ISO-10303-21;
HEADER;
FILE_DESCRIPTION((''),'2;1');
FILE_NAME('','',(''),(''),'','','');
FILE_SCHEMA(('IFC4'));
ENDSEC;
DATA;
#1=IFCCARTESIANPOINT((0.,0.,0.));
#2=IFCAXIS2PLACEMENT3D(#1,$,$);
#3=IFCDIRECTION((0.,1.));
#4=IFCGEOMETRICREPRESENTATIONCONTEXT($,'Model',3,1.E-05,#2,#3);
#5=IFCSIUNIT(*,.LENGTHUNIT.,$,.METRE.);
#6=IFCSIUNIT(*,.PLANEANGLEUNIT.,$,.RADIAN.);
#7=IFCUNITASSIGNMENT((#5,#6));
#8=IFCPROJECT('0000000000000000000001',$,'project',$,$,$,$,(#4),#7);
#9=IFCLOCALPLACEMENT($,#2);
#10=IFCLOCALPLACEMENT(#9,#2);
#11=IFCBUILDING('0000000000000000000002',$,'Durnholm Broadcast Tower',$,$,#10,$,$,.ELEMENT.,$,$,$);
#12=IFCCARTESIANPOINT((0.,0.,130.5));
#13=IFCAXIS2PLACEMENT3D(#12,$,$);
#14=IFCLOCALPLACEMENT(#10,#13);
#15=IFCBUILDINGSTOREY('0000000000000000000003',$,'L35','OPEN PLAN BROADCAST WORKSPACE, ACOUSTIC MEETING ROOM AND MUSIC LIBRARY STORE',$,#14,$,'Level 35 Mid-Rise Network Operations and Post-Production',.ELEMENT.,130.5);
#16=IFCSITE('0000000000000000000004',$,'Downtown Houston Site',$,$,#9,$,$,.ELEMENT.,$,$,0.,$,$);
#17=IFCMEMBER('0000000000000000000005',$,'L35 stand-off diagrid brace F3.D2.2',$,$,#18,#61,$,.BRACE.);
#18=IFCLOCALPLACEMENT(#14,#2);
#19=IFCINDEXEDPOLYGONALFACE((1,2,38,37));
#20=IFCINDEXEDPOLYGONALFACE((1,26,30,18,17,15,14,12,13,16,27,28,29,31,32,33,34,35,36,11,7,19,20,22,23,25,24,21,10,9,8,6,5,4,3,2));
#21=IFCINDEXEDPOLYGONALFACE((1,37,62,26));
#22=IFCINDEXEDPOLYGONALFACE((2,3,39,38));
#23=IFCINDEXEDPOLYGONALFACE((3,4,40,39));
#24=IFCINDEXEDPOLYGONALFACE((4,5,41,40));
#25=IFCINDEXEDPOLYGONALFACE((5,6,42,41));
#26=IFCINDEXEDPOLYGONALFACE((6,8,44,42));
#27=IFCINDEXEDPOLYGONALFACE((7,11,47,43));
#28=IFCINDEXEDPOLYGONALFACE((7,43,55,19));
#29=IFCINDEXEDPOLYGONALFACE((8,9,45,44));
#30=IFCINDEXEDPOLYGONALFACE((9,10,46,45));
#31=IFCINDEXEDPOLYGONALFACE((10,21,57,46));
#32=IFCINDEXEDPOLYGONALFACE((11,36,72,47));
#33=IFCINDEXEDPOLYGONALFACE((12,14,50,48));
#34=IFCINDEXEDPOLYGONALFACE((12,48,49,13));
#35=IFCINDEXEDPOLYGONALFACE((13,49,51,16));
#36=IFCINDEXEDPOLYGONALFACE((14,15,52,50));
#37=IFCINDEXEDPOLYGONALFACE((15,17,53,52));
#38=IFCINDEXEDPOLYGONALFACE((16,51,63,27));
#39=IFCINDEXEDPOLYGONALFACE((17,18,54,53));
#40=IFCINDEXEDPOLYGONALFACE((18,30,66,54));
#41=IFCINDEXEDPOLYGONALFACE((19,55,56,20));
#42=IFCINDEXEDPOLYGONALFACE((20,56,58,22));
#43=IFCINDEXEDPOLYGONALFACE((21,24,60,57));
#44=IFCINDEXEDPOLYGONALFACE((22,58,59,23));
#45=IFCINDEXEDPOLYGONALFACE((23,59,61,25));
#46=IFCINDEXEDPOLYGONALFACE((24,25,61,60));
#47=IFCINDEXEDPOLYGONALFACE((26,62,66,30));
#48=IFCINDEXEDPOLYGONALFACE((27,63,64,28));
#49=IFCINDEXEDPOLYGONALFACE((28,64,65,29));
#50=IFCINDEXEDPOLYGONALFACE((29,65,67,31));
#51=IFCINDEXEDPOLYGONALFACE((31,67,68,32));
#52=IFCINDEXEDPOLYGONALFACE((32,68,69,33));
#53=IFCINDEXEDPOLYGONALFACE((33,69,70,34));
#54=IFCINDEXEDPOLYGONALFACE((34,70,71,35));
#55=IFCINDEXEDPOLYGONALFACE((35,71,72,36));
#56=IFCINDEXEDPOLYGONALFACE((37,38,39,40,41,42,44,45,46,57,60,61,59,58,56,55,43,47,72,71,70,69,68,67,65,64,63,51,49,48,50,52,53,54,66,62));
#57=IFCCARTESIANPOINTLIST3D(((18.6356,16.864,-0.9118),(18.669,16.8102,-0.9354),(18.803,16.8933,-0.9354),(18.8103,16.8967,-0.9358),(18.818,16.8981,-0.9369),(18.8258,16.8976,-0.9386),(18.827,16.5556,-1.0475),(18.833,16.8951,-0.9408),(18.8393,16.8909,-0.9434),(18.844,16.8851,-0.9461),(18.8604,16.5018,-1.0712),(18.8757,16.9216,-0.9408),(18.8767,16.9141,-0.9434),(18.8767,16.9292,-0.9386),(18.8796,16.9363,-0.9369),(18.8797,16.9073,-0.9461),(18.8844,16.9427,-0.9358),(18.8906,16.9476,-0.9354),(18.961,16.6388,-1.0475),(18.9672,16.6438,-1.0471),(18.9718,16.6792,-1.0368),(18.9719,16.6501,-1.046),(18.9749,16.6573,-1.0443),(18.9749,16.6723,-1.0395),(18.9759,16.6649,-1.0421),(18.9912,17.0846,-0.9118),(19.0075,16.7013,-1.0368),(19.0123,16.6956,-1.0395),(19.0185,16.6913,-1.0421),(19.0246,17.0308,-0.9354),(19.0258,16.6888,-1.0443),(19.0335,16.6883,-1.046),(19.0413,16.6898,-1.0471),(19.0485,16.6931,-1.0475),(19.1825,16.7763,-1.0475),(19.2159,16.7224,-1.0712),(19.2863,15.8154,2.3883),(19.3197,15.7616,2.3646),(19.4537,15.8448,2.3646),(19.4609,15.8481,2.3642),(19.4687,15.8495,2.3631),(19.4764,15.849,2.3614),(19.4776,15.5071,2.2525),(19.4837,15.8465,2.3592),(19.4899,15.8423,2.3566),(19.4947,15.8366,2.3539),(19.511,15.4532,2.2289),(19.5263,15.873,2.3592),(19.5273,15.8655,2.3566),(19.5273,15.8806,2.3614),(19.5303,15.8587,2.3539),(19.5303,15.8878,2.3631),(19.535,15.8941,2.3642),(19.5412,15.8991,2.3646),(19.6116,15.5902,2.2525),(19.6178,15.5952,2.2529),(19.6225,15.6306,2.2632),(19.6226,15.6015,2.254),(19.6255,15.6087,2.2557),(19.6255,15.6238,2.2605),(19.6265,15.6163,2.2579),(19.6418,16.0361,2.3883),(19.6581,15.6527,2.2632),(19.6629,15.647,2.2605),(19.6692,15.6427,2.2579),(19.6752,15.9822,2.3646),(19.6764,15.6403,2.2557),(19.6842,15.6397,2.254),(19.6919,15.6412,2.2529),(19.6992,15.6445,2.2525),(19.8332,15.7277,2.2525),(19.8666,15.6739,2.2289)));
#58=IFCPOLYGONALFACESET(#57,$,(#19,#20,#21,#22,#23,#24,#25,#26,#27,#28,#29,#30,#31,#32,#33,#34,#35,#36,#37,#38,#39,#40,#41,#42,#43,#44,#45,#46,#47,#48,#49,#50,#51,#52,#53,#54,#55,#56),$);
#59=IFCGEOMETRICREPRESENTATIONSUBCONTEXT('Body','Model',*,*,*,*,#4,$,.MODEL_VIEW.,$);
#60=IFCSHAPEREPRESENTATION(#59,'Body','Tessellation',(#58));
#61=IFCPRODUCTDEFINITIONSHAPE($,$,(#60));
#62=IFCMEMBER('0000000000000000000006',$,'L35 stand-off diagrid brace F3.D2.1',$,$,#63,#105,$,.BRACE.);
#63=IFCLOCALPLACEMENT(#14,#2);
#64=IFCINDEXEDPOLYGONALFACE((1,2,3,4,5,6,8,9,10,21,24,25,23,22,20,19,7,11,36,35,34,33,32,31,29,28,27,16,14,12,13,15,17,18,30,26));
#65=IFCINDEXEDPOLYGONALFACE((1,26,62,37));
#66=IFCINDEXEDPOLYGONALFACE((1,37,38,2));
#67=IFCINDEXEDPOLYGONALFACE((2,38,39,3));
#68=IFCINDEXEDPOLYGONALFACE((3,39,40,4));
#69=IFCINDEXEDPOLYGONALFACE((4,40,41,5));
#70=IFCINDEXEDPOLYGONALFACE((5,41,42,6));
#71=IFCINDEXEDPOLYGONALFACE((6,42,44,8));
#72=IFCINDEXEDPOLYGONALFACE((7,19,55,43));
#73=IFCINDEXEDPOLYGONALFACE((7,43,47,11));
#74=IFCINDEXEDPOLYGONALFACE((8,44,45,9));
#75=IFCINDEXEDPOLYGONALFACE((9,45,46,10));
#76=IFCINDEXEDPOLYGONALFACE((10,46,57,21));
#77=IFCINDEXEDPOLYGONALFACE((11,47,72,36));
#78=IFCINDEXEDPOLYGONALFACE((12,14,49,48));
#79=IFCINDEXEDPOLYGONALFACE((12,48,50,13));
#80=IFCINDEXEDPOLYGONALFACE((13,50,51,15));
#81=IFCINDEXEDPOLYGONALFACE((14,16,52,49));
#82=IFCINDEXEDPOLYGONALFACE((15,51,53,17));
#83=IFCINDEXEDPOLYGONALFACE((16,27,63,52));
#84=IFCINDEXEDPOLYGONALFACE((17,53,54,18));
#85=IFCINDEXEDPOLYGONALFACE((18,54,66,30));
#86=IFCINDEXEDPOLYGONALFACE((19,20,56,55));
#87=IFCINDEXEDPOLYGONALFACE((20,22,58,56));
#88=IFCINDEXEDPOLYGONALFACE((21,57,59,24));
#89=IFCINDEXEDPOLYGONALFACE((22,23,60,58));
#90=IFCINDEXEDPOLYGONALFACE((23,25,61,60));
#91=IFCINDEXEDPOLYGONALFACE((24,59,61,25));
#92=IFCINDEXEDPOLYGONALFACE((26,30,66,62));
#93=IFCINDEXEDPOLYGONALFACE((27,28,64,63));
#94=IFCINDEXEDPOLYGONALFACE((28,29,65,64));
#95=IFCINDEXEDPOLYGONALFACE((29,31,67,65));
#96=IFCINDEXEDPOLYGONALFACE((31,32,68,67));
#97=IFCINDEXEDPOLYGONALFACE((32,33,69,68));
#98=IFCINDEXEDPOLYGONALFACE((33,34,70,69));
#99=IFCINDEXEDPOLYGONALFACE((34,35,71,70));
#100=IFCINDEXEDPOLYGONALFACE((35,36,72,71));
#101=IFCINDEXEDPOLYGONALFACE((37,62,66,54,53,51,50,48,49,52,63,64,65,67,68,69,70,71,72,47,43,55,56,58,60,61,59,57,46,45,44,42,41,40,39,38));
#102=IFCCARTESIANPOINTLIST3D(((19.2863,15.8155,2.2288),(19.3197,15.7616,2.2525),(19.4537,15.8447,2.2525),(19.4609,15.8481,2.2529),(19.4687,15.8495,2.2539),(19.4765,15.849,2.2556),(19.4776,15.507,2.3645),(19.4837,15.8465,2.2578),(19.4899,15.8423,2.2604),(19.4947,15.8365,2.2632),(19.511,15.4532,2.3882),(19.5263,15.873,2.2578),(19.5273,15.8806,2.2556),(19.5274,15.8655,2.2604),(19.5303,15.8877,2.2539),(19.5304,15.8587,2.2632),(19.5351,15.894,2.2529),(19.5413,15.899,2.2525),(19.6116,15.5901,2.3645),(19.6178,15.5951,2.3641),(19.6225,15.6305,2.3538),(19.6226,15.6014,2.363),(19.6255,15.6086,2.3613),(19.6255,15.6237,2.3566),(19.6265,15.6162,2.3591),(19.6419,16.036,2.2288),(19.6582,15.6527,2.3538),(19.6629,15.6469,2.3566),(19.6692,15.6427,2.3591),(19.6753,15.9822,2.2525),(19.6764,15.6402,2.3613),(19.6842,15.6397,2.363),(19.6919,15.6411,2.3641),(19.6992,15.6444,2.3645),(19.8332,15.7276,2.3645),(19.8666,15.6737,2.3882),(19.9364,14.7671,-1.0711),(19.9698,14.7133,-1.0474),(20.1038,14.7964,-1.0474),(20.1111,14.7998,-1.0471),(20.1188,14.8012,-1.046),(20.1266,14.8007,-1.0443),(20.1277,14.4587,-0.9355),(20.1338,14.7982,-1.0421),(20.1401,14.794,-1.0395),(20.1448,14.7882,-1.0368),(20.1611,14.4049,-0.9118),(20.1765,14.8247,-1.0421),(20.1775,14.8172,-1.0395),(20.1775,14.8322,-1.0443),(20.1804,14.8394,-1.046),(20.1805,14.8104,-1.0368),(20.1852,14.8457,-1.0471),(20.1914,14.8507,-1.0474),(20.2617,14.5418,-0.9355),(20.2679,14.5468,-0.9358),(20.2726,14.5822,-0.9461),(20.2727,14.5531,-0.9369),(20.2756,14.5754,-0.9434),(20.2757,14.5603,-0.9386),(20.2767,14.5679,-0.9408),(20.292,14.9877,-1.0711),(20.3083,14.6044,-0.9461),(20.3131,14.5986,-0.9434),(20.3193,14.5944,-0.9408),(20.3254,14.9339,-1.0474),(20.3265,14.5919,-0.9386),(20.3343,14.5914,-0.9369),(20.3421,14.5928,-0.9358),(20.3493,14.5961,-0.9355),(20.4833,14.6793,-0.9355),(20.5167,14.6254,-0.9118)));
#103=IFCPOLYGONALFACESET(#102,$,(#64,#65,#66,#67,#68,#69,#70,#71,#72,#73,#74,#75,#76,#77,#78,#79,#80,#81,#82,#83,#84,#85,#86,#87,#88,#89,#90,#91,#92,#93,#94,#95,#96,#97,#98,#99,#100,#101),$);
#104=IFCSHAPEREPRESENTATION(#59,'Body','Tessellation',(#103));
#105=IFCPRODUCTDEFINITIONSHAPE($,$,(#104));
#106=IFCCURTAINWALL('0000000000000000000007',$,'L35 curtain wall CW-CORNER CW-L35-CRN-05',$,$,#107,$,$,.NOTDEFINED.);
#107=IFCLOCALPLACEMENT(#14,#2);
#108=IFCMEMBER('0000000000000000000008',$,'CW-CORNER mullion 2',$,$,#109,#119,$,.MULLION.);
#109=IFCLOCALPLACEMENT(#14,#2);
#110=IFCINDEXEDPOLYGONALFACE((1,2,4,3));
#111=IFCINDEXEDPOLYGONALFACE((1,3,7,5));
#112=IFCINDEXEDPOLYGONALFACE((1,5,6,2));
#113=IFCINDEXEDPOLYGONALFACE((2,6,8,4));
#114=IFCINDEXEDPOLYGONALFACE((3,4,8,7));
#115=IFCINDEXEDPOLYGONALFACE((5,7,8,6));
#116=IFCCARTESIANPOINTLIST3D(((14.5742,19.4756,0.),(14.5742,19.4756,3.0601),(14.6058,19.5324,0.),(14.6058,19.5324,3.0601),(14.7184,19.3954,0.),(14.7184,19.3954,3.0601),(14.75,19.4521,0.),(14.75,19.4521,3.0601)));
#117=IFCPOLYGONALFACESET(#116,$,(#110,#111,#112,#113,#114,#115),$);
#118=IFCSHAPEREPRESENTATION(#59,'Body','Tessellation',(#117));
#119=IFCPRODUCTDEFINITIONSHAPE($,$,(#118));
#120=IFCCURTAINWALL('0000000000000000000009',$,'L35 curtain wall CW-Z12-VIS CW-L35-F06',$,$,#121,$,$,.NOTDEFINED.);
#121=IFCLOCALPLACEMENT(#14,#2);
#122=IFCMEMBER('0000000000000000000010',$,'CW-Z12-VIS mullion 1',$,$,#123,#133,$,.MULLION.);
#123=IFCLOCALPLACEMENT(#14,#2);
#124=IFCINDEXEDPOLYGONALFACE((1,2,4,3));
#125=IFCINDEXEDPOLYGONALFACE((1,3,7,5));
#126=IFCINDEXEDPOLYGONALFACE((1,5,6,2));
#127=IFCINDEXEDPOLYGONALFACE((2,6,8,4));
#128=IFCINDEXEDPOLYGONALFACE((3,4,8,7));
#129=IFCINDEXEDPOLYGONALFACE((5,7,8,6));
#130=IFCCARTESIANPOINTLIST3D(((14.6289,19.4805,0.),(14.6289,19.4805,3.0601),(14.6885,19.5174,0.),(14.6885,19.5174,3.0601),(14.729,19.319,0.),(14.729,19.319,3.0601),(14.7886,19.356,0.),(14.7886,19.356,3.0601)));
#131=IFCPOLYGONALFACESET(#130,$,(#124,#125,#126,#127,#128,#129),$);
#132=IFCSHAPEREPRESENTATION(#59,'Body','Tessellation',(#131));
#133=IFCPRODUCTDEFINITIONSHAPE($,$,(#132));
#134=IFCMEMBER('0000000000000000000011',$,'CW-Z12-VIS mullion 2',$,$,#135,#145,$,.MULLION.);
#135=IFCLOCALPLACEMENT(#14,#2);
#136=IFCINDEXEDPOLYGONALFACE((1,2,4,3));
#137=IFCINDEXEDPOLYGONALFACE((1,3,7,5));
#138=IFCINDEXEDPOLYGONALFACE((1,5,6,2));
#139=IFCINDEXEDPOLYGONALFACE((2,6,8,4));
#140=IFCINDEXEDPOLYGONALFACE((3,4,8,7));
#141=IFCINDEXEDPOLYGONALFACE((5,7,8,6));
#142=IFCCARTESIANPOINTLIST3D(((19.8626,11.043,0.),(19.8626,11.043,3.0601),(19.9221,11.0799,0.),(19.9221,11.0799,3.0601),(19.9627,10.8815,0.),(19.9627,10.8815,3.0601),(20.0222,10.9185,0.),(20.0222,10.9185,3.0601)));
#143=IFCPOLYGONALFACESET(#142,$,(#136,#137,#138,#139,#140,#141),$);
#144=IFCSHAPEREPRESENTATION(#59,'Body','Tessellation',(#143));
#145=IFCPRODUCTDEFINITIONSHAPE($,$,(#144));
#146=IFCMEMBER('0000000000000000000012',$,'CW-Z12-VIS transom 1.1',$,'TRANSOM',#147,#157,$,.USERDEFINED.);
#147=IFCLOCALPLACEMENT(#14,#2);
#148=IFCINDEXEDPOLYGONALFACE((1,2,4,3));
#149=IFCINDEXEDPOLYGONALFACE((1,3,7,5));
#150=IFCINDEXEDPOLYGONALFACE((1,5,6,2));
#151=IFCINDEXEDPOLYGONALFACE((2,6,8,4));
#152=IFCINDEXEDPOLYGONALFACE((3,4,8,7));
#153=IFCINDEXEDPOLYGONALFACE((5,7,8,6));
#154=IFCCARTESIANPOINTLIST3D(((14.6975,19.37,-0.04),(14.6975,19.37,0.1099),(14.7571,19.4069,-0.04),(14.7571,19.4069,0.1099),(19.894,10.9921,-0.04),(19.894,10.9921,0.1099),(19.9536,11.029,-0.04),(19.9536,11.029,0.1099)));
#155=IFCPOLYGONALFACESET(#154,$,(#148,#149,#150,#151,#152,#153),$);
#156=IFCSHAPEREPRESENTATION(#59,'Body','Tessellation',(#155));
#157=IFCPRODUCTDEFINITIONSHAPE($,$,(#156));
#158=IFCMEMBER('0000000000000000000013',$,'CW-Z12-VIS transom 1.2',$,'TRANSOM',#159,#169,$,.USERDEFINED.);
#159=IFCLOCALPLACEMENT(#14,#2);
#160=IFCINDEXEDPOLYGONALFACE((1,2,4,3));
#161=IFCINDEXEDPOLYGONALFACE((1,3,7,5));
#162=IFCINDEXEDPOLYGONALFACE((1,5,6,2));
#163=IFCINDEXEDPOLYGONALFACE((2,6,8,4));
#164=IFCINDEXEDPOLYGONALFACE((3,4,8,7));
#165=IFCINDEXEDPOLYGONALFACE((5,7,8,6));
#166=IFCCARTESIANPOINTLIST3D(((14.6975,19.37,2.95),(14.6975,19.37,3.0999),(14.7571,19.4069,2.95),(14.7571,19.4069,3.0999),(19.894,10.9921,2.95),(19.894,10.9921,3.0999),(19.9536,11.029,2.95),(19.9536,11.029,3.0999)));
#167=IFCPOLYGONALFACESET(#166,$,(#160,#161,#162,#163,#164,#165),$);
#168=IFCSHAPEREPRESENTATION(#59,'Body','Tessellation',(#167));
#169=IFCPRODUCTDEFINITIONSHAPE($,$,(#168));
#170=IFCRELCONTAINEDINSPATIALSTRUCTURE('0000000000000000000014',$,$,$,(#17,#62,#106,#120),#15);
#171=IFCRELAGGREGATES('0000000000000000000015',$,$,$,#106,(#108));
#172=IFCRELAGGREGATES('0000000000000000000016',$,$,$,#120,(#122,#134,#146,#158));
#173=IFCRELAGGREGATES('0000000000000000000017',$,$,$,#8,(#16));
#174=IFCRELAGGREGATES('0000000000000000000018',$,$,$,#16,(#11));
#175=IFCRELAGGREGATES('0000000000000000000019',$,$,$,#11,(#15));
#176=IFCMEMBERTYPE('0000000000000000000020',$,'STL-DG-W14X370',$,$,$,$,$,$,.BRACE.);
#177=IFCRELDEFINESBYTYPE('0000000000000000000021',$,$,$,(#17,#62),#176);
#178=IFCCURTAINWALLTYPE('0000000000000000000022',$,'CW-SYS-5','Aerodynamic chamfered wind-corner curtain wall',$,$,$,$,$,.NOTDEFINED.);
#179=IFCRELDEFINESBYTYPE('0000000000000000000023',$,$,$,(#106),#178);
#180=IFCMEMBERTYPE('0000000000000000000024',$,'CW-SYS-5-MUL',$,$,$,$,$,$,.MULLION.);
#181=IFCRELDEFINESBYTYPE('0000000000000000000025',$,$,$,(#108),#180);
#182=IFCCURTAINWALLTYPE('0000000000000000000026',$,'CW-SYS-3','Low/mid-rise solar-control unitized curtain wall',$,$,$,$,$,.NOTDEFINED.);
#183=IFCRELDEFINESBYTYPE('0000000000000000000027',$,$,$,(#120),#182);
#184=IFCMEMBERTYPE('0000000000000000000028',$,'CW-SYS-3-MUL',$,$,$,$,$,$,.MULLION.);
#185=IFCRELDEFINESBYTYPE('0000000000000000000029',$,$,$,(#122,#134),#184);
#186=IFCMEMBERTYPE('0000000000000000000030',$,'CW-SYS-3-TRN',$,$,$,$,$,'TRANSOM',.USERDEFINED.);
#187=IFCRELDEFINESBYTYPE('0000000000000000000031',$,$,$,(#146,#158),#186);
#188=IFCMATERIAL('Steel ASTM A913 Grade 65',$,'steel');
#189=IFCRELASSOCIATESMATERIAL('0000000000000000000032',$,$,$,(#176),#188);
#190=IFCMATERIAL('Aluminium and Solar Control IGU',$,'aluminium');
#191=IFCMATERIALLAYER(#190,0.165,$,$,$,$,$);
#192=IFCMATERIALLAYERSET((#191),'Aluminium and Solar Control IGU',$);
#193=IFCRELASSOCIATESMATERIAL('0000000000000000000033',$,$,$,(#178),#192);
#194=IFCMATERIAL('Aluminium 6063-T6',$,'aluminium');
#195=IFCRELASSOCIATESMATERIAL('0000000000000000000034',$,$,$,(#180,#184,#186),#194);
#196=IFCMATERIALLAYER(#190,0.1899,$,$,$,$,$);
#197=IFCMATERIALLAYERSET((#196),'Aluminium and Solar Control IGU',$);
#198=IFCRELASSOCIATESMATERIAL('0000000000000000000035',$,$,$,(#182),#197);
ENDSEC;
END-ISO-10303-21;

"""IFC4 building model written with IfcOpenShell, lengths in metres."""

from ifc_helpers import new_model, si_unit, direction, frame, origin, origin_2d, place, context, subcontext, project, spatial, rectangle, i_section, extrude, source, transform, mapped, material, layer, layer_set, material_profile, profile_set, type_object, type_shapes, element, aggregate, save


model = new_model("IFC4")

# Units and contexts
model_context = context("Model", 3, precision=1e-05, world=origin(), true_north=direction((0.0, 1.0)))
body_context = subcontext(model_context, "Body", "Model", "MODEL_VIEW")
ifc_project = project(units=[si_unit("LENGTHUNIT", "METRE"), si_unit("PLANEANGLEUNIT", "RADIAN")], contexts=[model_context])

# Site, building, storey
site_placement = place(None, origin())
site = spatial("IfcSite", under=ifc_project, at=site_placement, Name="Downtown Houston Site", CompositionType="ELEMENT", RefElevation=0.0)
building_placement = place(site_placement, origin())
building = spatial("IfcBuilding", under=site, at=building_placement, Name="Durnholm Broadcast Tower", CompositionType="ELEMENT")
storey_placement = place(building_placement, frame((0.0, 0.0, 130.5)))
storey = spatial("IfcBuildingStorey", under=building, at=storey_placement, Name="L35", Description="OPEN PLAN BROADCAST WORKSPACE, ACOUSTIC MEETING ROOM AND MUSIC LIBRARY STORE", LongName="Level 35 Mid-Rise Network Operations and Post-Production", CompositionType="ELEMENT", Elevation=130.5)

# Members
ifc_material_1 = material(Name="Steel ASTM A913 Grade 65", Category="steel")
ifc_material_profile_1 = material_profile(ifc_material_1, i_section(OverallWidth=0.4185, OverallDepth=0.4551, WebThickness=0.042, FlangeThickness=0.0676, FilletRadius=0.0305, at=origin_2d()), Name="W14X370")
ifc_profile_set_1 = profile_set([ifc_material_profile_1], Name="Steel ASTM A913 Grade 65")
member_type_1 = type_object("IfcMemberType", Name="STL-DG-W14X370", PredefinedType="BRACE", material=ifc_profile_set_1)
shared_shape_1 = source(origin(), body_context, "Body", "SweptSolid", [
    extrude(i_section(OverallWidth=0.4185, OverallDepth=0.4551, WebThickness=0.042, FlangeThickness=0.0676, FilletRadius=0.0305, at=origin_2d()), origin(), (0.0, 0.0, 1.0), 3.5232),
])
for number, where, z_axis, x_axis, name in (
    (1, (18.9258, 16.7932, -0.9915), (0.18467, -0.29762, 0.936653), (0.849717, 0.52724, 0.0), "L35 stand-off diagrid brace F3.D2.2"),
):
    element("IfcMember", number, at=place(storey_placement, frame(where, z_axis=z_axis, x_axis=x_axis)), inside=storey, type_object=member_type_1, Name=name, PredefinedType="BRACE", context=body_context, shape_type="MappedRepresentation", body=[
        mapped(shared_shape_1, transform((0.0, 0.0, 0.0), x_axis=(1.0, 0.0, 0.0), y_axis=(0.0, 1.0, 0.0), z_axis=(0.0, 0.0, 1.0), scale=1.0)),
    ])
shared_shape_2 = source(origin(), body_context, "Body", "SweptSolid", [
    extrude(i_section(OverallWidth=0.4185, OverallDepth=0.4551, WebThickness=0.042, FlangeThickness=0.0676, FilletRadius=0.0305, at=origin_2d()), origin(), (0.0, 0.0, 1.0), 3.5229),
])
type_shapes(member_type_1, [shared_shape_1, shared_shape_2])
member_1_placement = place(storey_placement, frame((20.2266, 14.6963, -0.9915), z_axis=(-0.18454, 0.297564, 0.936697), x_axis=(-0.849839, -0.527043, 0.0)))
element("IfcMember", 2, at=member_1_placement, inside=storey, type_object=member_type_1, Name="L35 stand-off diagrid brace F3.D2.1", PredefinedType="BRACE", context=body_context, shape_type="MappedRepresentation", body=[
    mapped(shared_shape_2, transform((0.0, 0.0, 0.0), x_axis=(1.0, 0.0, 0.0), y_axis=(0.0, 1.0, 0.0), z_axis=(0.0, 0.0, 1.0), scale=1.0)),
])

# Curtain wall, member
ifc_material_2 = material(Name="Aluminium and Solar Control IGU", Category="aluminium")
ifc_layer_1 = layer(ifc_material_2, 0.165)
ifc_layer_set_1 = layer_set([ifc_layer_1], Name="Aluminium and Solar Control IGU")
curtain_wall_type_1 = type_object("IfcCurtainWallType", Name="CW-SYS-5", Description="Aerodynamic chamfered wind-corner curtain wall", PredefinedType="NOTDEFINED", material=ifc_layer_set_1)
curtain_wall_1_placement = place(storey_placement, origin())
curtain_wall_1 = element("IfcCurtainWall", 3, at=curtain_wall_1_placement, inside=storey, type_object=curtain_wall_type_1, Name="L35 curtain wall CW-CORNER CW-L35-CRN-05", PredefinedType="NOTDEFINED")
ifc_material_3 = material(Name="Aluminium 6063-T6", Category="aluminium")
ifc_material_profile_2 = material_profile(ifc_material_3, rectangle(XDim=0.0649, YDim=0.165, at=origin_2d()), Name="CWM65X165")
ifc_profile_set_2 = profile_set([ifc_material_profile_2], Name="Aluminium 6063-T6")
member_type_2 = type_object("IfcMemberType", Name="CW-SYS-5-MUL", PredefinedType="MULLION", material=ifc_profile_set_2)
shared_shape_3 = source(origin(), body_context, "Body", "SweptSolid", [
    extrude(rectangle(XDim=0.0649, YDim=0.165, at=origin_2d()), origin(), (0.0, 0.0, 1.0), 3.0601),
])
type_shapes(member_type_2, [shared_shape_3])
member_2_placement = place(storey_placement, frame((14.6621, 19.4639, 0.0), z_axis=(0.0, 0.0, 1.0), x_axis=(0.486244, 0.873823, 0.0)))
member_2 = element("IfcMember", 4, at=member_2_placement, type_object=member_type_2, Name="CW-CORNER mullion 2", PredefinedType="MULLION", context=body_context, shape_type="MappedRepresentation", body=[
    mapped(shared_shape_3, transform((0.0, 0.0, 0.0), x_axis=(1.0, 0.0, 0.0), y_axis=(0.0, 1.0, 0.0), z_axis=(0.0, 0.0, 1.0), scale=1.0)),
])

# Curtain wall, members
ifc_layer_2 = layer(ifc_material_2, 0.1899)
ifc_layer_set_2 = layer_set([ifc_layer_2], Name="Aluminium and Solar Control IGU")
curtain_wall_type_2 = type_object("IfcCurtainWallType", Name="CW-SYS-3", Description="Low/mid-rise solar-control unitized curtain wall", PredefinedType="NOTDEFINED", material=ifc_layer_set_2)
curtain_wall_2_placement = place(storey_placement, origin())
curtain_wall_2 = element("IfcCurtainWall", 5, at=curtain_wall_2_placement, inside=storey, type_object=curtain_wall_type_2, Name="L35 curtain wall CW-Z12-VIS CW-L35-F06", PredefinedType="NOTDEFINED")
ifc_material_profile_3 = material_profile(ifc_material_3, rectangle(XDim=0.0701, YDim=0.1899, at=origin_2d()), Name="CWM70X190")
ifc_profile_set_3 = profile_set([ifc_material_profile_3], Name="Aluminium 6063-T6")
member_type_3 = type_object("IfcMemberType", Name="CW-SYS-3-MUL", PredefinedType="MULLION", material=ifc_profile_set_3)
shared_shape_4 = source(origin(), body_context, "Body", "SweptSolid", [
    extrude(rectangle(XDim=0.0701, YDim=0.1899, at=origin_2d()), origin(), (0.0, 0.0, 1.0), 3.0601),
])
type_shapes(member_type_3, [shared_shape_4])
member_3_placement = place(storey_placement, frame((14.7087, 19.4182, 0.0), z_axis=(0.0, 0.0, 1.0), x_axis=(0.8498, 0.527105, 0.0)))
member_3 = element("IfcMember", 6, at=member_3_placement, type_object=member_type_3, Name="CW-Z12-VIS mullion 1", PredefinedType="MULLION", context=body_context, shape_type="MappedRepresentation", body=[
    mapped(shared_shape_4, transform((0.0, 0.0, 0.0), x_axis=(1.0, 0.0, 0.0), y_axis=(0.0, 1.0, 0.0), z_axis=(0.0, 0.0, 1.0), scale=1.0)),
])
member_4_placement = place(storey_placement, frame((19.9424, 10.9807, 0.0), z_axis=(0.0, 0.0, 1.0), x_axis=(0.8498, 0.527105, 0.0)))
member_4 = element("IfcMember", 7, at=member_4_placement, type_object=member_type_3, Name="CW-Z12-VIS mullion 2", PredefinedType="MULLION", context=body_context, shape_type="MappedRepresentation", body=[
    mapped(shared_shape_4, transform((0.0, 0.0, 0.0), x_axis=(1.0, 0.0, 0.0), y_axis=(0.0, 1.0, 0.0), z_axis=(0.0, 0.0, 1.0), scale=1.0)),
])
ifc_material_profile_4 = material_profile(ifc_material_3, rectangle(XDim=0.0701, YDim=0.1499, at=origin_2d()), Name="CWT70X150")
ifc_profile_set_4 = profile_set([ifc_material_profile_4], Name="Aluminium 6063-T6")
member_type_4 = type_object("IfcMemberType", Name="CW-SYS-3-TRN", ElementType="TRANSOM", PredefinedType="USERDEFINED", material=ifc_profile_set_4)
shared_shape_5 = source(origin(), body_context, "Body", "SweptSolid", [
    extrude(rectangle(XDim=0.0701, YDim=0.1499, at=origin_2d()), origin(), (0.0, 0.0, 1.0), 9.8586),
])
member_5_placement = place(storey_placement, frame((14.7273, 19.3884, 0.0349), z_axis=(0.527102, -0.849802, 0.0), x_axis=(0.849802, 0.527102, 0.0)))
member_5 = element("IfcMember", 8, at=member_5_placement, type_object=member_type_4, Name="CW-Z12-VIS transom 1.1", ObjectType="TRANSOM", PredefinedType="USERDEFINED", context=body_context, shape_type="MappedRepresentation", body=[
    mapped(shared_shape_5, transform((0.0, 0.0, 0.0), x_axis=(1.0, 0.0, 0.0), y_axis=(0.0, 1.0, 0.0), z_axis=(0.0, 0.0, 1.0), scale=1.0)),
])
member_6_placement = place(storey_placement, frame((14.7273, 19.3884, 3.0249), z_axis=(0.527102, -0.849802, 0.0), x_axis=(0.849802, 0.527102, 0.0)))
member_6 = element("IfcMember", 9, at=member_6_placement, type_object=member_type_4, Name="CW-Z12-VIS transom 1.2", ObjectType="TRANSOM", PredefinedType="USERDEFINED", context=body_context, shape_type="MappedRepresentation", body=[
    mapped(shared_shape_5, transform((0.0, 0.0, 0.0), x_axis=(1.0, 0.0, 0.0), y_axis=(0.0, 1.0, 0.0), z_axis=(0.0, 0.0, 1.0), scale=1.0)),
])

aggregate(curtain_wall_1, [member_2])
aggregate(curtain_wall_2, [member_3, member_4, member_5, member_6])

save(model, "model.ifc")
